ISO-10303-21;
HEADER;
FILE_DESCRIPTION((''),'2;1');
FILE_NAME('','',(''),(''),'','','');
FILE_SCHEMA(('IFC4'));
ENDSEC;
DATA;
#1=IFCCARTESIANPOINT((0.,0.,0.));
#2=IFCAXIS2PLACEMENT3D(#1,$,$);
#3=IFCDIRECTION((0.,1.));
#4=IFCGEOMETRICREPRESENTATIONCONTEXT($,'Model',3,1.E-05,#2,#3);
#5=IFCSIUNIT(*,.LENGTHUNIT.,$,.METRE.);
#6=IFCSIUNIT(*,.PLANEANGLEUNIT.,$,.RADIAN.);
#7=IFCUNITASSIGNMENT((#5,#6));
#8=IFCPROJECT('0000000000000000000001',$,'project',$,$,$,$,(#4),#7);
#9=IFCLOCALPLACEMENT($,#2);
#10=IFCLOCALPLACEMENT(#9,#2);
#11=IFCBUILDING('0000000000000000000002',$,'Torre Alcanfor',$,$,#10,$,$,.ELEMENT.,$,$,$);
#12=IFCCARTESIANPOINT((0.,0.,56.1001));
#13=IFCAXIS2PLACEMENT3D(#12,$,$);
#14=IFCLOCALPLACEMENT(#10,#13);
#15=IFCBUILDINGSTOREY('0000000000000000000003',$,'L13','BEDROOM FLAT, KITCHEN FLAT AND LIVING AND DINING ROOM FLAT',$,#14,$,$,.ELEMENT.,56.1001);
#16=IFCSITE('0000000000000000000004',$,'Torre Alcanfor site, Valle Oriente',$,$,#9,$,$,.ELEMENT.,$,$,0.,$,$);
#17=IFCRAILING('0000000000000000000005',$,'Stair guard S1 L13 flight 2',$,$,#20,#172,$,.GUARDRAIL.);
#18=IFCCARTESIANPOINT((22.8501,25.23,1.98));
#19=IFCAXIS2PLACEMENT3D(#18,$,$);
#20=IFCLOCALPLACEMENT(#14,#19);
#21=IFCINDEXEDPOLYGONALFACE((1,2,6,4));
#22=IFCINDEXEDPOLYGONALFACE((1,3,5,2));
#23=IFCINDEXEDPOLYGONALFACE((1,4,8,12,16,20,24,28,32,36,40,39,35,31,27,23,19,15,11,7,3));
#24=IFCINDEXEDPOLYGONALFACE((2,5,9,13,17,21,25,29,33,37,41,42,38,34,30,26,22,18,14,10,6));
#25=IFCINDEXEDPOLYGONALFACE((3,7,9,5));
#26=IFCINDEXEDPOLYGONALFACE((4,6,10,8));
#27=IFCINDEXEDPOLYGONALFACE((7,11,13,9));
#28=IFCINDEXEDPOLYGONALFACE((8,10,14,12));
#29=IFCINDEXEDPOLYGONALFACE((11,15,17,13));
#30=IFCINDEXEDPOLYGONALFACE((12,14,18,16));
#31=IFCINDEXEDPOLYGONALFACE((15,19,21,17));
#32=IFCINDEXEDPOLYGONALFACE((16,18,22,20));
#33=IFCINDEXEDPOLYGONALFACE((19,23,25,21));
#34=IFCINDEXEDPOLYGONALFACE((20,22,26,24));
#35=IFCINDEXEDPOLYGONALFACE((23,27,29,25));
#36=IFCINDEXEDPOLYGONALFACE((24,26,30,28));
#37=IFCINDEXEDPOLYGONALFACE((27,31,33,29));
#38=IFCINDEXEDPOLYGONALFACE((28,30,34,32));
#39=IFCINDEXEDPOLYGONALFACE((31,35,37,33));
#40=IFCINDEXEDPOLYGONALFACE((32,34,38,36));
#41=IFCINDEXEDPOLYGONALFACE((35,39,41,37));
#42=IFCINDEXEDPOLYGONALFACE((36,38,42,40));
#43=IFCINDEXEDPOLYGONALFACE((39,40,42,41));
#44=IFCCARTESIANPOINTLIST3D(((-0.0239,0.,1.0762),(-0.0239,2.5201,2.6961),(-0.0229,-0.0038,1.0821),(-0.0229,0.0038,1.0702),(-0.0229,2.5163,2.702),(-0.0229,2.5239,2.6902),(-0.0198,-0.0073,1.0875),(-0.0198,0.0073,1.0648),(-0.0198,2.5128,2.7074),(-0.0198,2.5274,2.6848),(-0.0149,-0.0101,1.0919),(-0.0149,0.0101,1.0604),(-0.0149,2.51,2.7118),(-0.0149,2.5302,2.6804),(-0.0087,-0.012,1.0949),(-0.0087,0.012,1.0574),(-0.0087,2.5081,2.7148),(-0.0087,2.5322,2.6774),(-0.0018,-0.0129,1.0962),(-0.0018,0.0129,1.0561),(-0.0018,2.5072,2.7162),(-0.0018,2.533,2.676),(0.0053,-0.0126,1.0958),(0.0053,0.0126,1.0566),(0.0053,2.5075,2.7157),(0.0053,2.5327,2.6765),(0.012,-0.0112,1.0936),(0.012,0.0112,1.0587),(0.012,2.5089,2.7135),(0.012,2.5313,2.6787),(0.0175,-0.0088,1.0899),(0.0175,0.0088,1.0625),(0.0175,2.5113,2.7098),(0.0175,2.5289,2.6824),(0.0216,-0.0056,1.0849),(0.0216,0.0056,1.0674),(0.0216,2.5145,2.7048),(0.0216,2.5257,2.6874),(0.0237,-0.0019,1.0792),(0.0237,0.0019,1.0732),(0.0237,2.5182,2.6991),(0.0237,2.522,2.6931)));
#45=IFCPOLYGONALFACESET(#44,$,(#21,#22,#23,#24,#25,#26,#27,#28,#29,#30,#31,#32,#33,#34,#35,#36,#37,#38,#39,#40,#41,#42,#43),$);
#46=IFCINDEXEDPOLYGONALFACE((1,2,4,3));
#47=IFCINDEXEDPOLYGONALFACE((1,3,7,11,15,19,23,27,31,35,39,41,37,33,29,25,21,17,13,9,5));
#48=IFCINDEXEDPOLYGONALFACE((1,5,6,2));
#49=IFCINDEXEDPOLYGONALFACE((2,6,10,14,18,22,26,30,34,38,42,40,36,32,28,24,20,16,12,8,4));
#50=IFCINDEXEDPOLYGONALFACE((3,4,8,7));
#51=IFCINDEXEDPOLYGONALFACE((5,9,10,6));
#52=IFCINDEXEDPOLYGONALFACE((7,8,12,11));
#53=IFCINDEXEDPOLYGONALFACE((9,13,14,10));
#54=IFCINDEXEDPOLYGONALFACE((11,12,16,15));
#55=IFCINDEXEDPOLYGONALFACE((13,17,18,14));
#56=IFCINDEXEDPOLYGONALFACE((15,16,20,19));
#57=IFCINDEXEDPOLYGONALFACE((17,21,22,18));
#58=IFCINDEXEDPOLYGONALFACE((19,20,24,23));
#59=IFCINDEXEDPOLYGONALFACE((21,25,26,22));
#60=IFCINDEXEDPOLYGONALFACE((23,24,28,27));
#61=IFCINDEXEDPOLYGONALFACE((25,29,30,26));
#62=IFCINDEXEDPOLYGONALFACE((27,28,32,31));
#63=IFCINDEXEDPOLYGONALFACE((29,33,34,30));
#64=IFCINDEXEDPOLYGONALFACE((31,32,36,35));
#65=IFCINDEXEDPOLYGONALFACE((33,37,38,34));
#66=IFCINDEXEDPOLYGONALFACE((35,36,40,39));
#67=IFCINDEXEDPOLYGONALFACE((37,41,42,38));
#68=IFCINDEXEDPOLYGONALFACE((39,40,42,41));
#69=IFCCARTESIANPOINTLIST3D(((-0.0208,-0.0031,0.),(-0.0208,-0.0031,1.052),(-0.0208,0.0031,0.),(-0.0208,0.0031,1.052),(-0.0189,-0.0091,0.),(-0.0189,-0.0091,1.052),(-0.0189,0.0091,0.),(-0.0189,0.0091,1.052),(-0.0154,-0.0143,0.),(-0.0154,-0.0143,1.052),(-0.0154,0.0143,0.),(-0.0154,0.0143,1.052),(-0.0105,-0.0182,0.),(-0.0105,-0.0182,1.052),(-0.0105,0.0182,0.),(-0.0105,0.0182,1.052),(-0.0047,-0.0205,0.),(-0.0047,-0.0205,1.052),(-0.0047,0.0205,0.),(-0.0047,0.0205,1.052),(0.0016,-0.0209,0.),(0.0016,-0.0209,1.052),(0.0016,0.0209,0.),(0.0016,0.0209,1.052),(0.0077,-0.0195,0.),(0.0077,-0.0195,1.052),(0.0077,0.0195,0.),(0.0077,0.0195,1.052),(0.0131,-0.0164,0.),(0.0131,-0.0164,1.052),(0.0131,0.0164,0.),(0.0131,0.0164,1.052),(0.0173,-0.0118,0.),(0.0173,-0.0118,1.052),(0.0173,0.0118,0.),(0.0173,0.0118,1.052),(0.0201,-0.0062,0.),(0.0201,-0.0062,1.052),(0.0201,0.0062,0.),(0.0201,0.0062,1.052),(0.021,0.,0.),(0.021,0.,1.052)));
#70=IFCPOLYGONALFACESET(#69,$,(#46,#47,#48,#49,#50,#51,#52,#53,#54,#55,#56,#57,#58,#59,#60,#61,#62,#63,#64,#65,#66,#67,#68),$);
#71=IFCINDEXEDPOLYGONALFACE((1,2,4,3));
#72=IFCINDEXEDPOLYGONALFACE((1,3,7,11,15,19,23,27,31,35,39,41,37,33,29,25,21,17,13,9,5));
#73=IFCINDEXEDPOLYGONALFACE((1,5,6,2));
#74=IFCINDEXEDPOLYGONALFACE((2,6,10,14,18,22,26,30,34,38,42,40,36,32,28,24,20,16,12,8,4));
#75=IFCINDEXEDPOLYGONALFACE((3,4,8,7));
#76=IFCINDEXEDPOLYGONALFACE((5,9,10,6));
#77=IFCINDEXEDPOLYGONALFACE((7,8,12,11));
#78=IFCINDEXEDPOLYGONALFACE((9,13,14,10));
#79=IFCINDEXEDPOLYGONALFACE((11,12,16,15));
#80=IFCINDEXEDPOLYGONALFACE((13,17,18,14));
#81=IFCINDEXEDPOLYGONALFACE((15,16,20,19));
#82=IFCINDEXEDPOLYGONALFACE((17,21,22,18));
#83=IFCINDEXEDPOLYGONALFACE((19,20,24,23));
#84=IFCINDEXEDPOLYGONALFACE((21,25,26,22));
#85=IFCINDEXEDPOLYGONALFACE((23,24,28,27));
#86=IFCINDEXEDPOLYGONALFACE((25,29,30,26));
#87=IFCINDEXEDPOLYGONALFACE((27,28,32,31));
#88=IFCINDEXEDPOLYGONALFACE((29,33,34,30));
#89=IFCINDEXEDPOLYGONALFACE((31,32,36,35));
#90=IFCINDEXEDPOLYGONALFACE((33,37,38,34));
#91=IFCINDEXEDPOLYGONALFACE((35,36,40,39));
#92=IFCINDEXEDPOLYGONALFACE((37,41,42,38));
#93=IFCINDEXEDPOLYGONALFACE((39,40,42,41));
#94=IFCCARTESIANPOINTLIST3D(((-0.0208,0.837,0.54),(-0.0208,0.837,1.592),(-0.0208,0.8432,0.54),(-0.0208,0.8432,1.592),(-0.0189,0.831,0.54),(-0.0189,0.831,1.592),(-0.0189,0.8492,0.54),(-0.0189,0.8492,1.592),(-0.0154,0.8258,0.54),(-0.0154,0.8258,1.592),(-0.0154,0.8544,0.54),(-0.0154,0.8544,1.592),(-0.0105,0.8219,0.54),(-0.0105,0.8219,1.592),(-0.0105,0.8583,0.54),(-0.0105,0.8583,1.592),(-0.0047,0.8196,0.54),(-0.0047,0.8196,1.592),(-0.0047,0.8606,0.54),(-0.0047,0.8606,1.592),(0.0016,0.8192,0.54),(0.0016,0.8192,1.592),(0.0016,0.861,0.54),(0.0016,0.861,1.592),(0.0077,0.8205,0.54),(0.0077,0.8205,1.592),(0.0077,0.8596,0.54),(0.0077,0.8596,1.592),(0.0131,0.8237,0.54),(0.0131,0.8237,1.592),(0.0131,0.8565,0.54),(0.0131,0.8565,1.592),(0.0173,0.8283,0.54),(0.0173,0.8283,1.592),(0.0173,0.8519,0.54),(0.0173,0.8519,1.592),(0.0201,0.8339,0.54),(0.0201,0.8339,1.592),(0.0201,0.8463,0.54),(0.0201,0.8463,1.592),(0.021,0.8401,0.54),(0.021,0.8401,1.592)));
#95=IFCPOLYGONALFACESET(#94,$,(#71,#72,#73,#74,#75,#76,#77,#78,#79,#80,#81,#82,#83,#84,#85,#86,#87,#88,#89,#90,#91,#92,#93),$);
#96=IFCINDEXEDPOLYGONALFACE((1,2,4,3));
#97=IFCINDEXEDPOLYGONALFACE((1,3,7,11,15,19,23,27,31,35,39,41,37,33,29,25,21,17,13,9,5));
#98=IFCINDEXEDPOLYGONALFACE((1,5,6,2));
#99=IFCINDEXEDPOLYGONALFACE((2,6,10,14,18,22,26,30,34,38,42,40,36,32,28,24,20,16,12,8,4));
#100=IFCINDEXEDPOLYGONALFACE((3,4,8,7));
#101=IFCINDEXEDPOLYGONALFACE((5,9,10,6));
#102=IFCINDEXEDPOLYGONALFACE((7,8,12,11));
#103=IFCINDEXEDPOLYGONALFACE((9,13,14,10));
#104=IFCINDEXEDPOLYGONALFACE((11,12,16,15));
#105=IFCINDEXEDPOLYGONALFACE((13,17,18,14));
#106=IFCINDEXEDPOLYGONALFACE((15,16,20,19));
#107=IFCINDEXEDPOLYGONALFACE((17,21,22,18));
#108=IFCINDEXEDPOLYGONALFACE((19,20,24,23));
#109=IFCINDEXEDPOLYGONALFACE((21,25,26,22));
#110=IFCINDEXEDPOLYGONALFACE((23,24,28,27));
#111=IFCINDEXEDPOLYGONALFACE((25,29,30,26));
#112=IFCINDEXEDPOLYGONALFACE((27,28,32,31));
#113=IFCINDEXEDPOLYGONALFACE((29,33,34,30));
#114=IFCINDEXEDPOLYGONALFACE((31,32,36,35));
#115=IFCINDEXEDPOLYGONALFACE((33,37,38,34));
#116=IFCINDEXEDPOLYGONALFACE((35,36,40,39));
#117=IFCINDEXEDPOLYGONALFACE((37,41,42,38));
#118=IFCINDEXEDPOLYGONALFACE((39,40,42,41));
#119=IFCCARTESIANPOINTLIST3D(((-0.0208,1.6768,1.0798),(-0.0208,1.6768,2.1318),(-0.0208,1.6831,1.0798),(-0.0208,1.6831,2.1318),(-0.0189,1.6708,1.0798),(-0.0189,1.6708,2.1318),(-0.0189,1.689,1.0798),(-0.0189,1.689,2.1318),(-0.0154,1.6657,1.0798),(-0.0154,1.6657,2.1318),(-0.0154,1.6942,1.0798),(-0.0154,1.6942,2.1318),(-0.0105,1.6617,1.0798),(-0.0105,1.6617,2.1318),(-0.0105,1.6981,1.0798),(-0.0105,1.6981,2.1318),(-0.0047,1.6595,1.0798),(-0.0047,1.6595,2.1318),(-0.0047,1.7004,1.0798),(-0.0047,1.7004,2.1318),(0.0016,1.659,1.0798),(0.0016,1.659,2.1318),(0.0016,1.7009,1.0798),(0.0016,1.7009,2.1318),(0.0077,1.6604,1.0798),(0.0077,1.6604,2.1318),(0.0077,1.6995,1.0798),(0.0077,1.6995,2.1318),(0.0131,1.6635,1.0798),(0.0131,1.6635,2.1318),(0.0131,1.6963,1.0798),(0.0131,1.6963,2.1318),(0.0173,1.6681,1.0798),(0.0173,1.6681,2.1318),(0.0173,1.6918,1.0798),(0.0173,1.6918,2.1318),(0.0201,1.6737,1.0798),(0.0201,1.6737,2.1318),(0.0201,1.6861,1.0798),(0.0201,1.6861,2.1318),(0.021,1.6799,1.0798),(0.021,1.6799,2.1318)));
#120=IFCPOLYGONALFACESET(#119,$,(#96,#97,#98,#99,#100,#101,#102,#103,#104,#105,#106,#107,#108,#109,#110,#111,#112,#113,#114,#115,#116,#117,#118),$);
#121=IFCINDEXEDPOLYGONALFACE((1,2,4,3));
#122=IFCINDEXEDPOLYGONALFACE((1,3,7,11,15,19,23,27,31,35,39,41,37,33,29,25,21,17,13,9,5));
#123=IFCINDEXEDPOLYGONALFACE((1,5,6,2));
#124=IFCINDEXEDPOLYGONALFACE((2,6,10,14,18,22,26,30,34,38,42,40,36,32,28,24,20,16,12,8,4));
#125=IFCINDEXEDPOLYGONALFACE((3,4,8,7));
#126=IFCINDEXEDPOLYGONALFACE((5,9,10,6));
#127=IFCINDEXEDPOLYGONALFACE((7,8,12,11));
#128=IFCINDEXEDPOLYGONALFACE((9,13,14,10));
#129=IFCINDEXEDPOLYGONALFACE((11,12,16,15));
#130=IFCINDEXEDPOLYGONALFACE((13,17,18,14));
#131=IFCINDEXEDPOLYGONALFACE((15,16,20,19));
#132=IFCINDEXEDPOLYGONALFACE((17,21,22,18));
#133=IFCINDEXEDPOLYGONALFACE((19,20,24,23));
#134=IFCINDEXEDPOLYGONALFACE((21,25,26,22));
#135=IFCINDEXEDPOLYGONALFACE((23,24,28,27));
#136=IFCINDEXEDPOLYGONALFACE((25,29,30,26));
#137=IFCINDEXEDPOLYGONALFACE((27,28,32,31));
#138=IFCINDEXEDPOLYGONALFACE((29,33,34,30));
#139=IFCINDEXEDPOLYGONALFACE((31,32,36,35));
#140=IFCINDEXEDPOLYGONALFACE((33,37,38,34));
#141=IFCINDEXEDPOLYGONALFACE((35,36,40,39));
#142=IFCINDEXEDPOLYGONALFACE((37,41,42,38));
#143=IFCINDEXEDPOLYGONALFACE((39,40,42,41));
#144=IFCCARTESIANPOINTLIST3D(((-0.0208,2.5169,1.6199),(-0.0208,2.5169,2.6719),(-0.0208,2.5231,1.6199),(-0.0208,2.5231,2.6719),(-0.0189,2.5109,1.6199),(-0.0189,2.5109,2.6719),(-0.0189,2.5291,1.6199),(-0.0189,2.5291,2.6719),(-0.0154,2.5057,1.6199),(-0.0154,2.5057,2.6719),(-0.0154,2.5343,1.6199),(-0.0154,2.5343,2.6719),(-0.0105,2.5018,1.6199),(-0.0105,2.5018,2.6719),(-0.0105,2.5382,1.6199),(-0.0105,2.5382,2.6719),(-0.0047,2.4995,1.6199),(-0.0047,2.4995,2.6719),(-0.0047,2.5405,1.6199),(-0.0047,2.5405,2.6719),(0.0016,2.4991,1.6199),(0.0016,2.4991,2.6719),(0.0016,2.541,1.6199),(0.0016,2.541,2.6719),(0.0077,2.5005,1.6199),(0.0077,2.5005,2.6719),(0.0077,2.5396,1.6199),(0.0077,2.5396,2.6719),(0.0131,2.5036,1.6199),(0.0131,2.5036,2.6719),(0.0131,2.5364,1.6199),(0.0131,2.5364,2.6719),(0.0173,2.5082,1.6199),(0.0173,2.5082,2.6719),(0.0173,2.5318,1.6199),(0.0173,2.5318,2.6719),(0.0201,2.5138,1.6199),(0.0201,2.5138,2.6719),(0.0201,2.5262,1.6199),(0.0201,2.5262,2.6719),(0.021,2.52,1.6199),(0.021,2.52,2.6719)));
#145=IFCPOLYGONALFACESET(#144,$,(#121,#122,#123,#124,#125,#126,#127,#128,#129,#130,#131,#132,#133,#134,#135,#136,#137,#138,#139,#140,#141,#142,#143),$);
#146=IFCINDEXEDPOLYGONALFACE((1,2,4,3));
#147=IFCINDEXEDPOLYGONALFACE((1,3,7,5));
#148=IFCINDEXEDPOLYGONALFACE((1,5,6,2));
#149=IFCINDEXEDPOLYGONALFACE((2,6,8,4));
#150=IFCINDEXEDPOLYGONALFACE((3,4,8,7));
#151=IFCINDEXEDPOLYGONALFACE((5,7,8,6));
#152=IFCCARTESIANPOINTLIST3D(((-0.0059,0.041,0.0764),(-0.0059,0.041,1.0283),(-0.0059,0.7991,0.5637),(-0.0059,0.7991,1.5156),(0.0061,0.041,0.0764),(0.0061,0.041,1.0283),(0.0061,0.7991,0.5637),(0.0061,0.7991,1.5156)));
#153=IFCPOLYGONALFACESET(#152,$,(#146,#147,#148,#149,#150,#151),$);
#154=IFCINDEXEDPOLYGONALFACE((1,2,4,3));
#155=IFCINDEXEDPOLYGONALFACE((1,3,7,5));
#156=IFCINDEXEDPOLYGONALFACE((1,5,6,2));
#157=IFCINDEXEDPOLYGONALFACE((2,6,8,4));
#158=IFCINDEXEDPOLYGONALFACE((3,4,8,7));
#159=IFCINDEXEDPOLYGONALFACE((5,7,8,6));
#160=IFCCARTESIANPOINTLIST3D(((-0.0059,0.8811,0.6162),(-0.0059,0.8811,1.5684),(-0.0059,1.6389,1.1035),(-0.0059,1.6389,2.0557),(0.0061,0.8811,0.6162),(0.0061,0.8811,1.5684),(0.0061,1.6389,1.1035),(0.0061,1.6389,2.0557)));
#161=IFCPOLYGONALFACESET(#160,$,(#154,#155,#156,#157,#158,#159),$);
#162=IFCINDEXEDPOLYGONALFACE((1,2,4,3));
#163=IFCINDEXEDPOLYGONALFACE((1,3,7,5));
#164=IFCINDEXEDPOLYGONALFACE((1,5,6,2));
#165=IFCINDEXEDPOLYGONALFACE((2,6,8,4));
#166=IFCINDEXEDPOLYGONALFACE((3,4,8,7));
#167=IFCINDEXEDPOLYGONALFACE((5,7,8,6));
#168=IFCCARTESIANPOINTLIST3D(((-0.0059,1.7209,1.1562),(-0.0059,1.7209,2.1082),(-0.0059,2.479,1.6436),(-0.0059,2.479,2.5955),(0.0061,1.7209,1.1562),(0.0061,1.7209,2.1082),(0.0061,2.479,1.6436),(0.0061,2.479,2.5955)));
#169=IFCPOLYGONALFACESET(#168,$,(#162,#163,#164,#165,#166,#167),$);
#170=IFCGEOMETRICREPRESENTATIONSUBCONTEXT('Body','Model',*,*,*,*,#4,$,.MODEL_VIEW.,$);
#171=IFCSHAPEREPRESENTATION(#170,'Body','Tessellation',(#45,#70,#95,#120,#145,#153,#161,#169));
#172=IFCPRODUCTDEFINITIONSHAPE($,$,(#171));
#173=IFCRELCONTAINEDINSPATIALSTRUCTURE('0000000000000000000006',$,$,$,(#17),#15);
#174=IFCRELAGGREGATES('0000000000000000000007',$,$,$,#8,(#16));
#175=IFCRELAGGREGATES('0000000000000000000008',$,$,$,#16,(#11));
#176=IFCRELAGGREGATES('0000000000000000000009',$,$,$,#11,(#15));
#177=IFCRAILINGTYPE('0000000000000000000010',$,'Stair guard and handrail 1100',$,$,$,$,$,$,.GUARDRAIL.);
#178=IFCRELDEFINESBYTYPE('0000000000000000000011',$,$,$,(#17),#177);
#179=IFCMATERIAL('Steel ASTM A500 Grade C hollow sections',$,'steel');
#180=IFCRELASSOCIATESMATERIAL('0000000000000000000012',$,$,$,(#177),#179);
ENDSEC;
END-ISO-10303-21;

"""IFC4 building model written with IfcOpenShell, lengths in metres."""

from ifc_helpers import new_model, si_unit, direction, frame, origin, origin_2d, place, context, subcontext, project, spatial, polyline, circle, outline, extrude, material, type_object, element, save


model = new_model("IFC4")

# Units and contexts
model_context = context("Model", 3, precision=1e-05, world=origin(), true_north=direction((0.0, 1.0)))
body_context = subcontext(model_context, "Body", "Model", "MODEL_VIEW")
ifc_project = project(units=[si_unit("LENGTHUNIT", "METRE"), si_unit("PLANEANGLEUNIT", "RADIAN")], contexts=[model_context])

# Site, building, storey
site_placement = place(None, origin())
site = spatial("IfcSite", under=ifc_project, at=site_placement, Name="Torre Alcanfor site, Valle Oriente", CompositionType="ELEMENT", RefElevation=0.0)
building_placement = place(site_placement, origin())
building = spatial("IfcBuilding", under=site, at=building_placement, Name="Torre Alcanfor", CompositionType="ELEMENT")
storey_placement = place(building_placement, frame((0.0, 0.0, 56.1001)))
storey = spatial("IfcBuildingStorey", under=building, at=storey_placement, Name="L13", Description="BEDROOM FLAT, KITCHEN FLAT AND LIVING AND DINING ROOM FLAT", CompositionType="ELEMENT", Elevation=56.1001)

# Railing
ifc_material_1 = material(Name="Steel ASTM A500 Grade C hollow sections", Category="steel")
railing_type_1 = type_object("IfcRailingType", Name="Stair guard and handrail 1100", PredefinedType="GUARDRAIL", material=ifc_material_1)
railing_1_placement = place(storey_placement, frame((22.8501, 25.23, 1.98)))
element("IfcRailing", 1, at=railing_1_placement, inside=storey, type_object=railing_type_1, Name="Stair guard S1 L13 flight 2", PredefinedType="GUARDRAIL", context=body_context, shape_type="SweptSolid", body=[
    extrude(circle(Radius=0.0239, at=origin_2d()), frame((0.0, 0.0, 1.0762), z_axis=(0.0, 0.8412, 0.540725), x_axis=(-1.0, 0.0, 0.0)), (0.0, 0.0, 1.0), 2.9958),
    extrude(circle(Radius=0.021, at=origin_2d()), origin(), (0.0, 0.0, 1.0), 1.052),
    extrude(circle(Radius=0.021, at=origin_2d()), frame((0.0, 0.8401, 0.54)), (0.0, 0.0, 1.0), 1.052),
    extrude(circle(Radius=0.021, at=origin_2d()), frame((0.0, 1.6799, 1.0798)), (0.0, 0.0, 1.0), 1.052),
    extrude(circle(Radius=0.021, at=origin_2d()), frame((0.0, 2.52, 1.6199)), (0.0, 0.0, 1.0), 1.052),
    extrude(outline(polyline([(0.041, 0.0764), (0.7991, 0.5637), (0.7991, 1.5156), (0.041, 1.0283), (0.041, 0.0764)])), frame((-0.0059, 0.0, 0.0), z_axis=(1.0, 0.0, 0.0), x_axis=(0.0, 1.0, 0.0)), (0.0, 0.0, 1.0), 0.012),
    extrude(outline(polyline([(0.8811, 0.6162), (1.6389, 1.1035), (1.6389, 2.0557), (0.8811, 1.5684), (0.8811, 0.6162)])), frame((-0.0059, 0.0, 0.0), z_axis=(1.0, 0.0, 0.0), x_axis=(0.0, 1.0, 0.0)), (0.0, 0.0, 1.0), 0.012),
    extrude(outline(polyline([(1.7209, 1.1562), (2.479, 1.6436), (2.479, 2.5955), (1.7209, 2.1082), (1.7209, 1.1562)])), frame((-0.0059, 0.0, 0.0), z_axis=(1.0, 0.0, 0.0), x_axis=(0.0, 1.0, 0.0)), (0.0, 0.0, 1.0), 0.012),
])

save(model, "model.ifc")
